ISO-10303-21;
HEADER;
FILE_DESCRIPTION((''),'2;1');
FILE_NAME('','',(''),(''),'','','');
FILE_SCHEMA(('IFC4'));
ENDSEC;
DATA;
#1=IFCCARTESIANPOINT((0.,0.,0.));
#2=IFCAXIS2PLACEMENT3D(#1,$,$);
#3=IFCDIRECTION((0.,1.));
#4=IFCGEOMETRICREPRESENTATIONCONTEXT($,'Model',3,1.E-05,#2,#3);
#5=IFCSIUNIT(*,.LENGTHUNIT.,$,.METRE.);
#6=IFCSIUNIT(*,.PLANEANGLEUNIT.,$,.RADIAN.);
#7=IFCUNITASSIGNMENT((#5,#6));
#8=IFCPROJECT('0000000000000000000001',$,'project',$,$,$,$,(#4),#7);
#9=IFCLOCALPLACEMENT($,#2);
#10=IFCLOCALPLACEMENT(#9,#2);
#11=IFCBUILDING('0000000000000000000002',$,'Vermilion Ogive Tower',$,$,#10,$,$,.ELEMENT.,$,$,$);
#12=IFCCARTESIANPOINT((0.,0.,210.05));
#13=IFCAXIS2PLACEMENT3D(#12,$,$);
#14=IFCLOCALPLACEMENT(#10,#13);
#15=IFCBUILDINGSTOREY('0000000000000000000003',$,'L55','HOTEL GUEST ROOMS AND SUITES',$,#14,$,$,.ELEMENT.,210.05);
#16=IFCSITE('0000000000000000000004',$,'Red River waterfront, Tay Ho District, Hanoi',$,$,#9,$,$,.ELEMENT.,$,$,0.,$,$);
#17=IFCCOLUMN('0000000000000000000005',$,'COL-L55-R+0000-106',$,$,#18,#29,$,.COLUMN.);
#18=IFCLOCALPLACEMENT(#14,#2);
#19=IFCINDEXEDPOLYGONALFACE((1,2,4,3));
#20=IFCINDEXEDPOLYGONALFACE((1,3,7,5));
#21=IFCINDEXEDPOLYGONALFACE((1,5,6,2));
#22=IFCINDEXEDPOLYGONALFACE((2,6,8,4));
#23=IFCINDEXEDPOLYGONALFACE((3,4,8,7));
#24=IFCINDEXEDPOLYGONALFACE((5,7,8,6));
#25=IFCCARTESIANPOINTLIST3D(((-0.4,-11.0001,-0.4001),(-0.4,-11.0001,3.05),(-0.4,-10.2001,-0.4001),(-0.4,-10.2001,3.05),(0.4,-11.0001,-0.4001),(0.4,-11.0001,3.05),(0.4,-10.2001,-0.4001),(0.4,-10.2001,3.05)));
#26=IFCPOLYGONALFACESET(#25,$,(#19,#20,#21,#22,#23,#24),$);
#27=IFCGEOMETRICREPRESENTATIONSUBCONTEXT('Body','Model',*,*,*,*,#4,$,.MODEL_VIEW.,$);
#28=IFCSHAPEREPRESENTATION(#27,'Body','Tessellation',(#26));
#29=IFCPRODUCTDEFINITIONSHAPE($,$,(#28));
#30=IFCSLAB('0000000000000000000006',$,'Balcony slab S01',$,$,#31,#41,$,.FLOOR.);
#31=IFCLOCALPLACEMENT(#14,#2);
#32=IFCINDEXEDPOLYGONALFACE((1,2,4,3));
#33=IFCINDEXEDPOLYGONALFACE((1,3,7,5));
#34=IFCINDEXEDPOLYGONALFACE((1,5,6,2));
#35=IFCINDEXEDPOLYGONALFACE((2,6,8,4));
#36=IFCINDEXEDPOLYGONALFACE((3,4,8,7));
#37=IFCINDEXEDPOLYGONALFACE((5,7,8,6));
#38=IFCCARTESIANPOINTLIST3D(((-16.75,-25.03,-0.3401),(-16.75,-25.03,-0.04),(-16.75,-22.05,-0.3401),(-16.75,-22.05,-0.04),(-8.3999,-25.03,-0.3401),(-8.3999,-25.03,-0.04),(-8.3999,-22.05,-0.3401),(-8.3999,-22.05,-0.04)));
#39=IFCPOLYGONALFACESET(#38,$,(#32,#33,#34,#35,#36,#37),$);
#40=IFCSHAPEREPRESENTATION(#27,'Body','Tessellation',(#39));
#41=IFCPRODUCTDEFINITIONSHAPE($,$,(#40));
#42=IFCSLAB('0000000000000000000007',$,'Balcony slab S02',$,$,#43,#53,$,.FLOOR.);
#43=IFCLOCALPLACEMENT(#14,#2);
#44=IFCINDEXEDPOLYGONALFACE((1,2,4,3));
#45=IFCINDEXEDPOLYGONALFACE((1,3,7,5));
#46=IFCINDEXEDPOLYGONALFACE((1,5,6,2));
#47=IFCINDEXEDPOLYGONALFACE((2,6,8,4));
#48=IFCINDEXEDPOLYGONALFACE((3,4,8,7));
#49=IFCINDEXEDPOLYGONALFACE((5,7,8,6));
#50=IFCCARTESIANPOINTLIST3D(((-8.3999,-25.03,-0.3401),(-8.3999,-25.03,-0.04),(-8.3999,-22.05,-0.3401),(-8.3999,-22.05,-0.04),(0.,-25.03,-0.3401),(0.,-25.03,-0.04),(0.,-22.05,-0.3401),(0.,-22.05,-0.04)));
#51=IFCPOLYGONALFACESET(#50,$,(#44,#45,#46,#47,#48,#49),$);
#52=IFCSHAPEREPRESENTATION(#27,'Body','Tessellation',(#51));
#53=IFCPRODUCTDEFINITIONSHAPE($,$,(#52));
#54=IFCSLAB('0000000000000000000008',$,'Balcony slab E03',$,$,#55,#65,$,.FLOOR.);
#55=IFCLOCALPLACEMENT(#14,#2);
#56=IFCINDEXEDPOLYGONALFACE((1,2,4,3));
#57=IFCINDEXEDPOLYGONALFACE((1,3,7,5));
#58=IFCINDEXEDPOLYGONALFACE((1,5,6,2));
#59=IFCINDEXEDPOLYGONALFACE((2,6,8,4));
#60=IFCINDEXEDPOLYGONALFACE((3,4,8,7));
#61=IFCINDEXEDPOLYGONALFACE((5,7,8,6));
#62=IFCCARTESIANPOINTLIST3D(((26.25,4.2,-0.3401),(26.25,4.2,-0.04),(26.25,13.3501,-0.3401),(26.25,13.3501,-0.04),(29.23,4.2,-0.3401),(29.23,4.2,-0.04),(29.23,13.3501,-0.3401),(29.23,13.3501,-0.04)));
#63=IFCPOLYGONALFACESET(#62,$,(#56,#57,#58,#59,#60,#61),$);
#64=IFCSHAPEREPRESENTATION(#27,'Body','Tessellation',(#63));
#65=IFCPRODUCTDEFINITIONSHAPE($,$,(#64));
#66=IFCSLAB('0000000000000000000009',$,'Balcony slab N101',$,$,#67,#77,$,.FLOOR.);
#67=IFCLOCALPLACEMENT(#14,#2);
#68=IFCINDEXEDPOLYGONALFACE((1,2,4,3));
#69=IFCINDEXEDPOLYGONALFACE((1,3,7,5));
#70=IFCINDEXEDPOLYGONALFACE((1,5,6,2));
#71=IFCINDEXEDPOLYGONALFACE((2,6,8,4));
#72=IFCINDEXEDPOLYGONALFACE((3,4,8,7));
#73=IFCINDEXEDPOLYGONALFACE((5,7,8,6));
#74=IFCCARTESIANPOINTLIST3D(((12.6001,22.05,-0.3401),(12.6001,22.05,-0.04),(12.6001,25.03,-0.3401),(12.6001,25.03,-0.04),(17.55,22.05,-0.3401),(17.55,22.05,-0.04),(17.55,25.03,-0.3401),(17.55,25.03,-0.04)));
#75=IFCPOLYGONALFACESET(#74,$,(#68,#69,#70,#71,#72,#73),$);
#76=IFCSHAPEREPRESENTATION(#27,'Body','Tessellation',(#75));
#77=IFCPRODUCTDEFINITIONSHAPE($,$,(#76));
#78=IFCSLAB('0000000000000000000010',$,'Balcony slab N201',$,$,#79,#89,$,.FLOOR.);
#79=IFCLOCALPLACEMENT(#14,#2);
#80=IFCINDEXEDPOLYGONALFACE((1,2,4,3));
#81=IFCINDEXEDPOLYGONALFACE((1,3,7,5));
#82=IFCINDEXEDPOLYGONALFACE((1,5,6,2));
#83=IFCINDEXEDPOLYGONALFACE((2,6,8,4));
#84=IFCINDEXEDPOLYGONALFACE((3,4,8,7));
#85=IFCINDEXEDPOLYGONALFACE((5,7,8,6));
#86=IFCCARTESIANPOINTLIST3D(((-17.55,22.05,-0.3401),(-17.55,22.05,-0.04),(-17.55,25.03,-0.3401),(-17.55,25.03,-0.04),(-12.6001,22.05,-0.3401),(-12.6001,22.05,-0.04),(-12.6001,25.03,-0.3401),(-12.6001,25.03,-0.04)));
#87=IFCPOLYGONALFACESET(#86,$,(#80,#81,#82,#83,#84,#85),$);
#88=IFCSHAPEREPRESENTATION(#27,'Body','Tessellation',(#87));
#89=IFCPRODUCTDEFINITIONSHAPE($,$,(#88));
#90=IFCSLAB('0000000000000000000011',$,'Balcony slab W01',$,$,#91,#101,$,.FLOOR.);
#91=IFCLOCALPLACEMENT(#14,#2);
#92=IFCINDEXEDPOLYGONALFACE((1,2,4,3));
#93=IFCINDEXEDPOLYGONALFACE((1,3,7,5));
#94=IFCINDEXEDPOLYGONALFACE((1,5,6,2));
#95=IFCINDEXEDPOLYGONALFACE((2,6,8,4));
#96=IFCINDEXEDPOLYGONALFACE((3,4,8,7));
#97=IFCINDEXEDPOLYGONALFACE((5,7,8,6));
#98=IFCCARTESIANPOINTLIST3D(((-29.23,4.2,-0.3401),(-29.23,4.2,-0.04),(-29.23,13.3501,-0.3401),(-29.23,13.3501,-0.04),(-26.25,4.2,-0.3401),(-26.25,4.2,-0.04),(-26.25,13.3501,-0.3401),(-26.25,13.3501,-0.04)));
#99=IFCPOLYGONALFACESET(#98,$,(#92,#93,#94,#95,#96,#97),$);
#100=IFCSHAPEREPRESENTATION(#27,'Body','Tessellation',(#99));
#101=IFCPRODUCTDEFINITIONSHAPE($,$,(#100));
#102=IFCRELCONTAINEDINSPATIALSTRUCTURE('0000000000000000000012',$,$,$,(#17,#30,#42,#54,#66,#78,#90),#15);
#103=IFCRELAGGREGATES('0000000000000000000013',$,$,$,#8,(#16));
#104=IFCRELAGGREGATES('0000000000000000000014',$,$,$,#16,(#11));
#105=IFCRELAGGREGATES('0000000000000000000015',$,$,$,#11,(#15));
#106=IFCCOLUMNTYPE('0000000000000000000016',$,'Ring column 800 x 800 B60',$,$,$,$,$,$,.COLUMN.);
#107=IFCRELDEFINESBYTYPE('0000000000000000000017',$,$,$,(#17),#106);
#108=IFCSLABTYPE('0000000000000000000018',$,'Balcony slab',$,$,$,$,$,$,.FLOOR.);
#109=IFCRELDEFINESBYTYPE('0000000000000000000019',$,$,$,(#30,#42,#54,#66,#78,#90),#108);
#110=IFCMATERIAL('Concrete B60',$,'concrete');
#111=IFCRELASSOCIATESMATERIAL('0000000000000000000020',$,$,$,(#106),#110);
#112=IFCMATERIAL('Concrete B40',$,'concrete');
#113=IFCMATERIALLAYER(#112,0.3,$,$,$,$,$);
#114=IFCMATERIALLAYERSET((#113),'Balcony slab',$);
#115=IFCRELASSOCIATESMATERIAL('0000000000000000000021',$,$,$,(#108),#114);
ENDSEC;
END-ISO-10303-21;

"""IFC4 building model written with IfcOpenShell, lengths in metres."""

from ifc_helpers import new_model, si_unit, direction, frame, origin, origin_2d, place, context, subcontext, project, spatial, polyline, rectangle, outline, extrude, material, layer, layer_set, material_profile, profile_set, type_object, element, save


model = new_model("IFC4")

# Units and contexts
model_context = context("Model", 3, precision=1e-05, world=origin(), true_north=direction((0.0, 1.0)))
body_context = subcontext(model_context, "Body", "Model", "MODEL_VIEW")
ifc_project = project(units=[si_unit("LENGTHUNIT", "METRE"), si_unit("PLANEANGLEUNIT", "RADIAN")], contexts=[model_context])

# Site, building, storey
site_placement = place(None, origin())
site = spatial("IfcSite", under=ifc_project, at=site_placement, Name="Red River waterfront, Tay Ho District, Hanoi", CompositionType="ELEMENT", RefElevation=0.0)
building_placement = place(site_placement, origin())
building = spatial("IfcBuilding", under=site, at=building_placement, Name="Vermilion Ogive Tower", CompositionType="ELEMENT")
storey_placement = place(building_placement, frame((0.0, 0.0, 210.05)))
storey = spatial("IfcBuildingStorey", under=building, at=storey_placement, Name="L55", Description="HOTEL GUEST ROOMS AND SUITES", CompositionType="ELEMENT", Elevation=210.05)

# Column
ifc_material_1 = material(Name="Concrete B60", Category="concrete")
ifc_material_profile = material_profile(ifc_material_1, rectangle(XDim=0.8, YDim=0.8, at=origin_2d()), Name="800 x 800")
ifc_profile_set = profile_set([ifc_material_profile], Name="Concrete B60")
column_type = type_object("IfcColumnType", Name="Ring column 800 x 800 B60", PredefinedType="COLUMN", material=ifc_profile_set)
column_placement = place(storey_placement, frame((0.0, -10.6001, -0.4001), z_axis=(0.0, 0.0, 1.0), x_axis=(1.0, 0.0, 0.0)))
element("IfcColumn", 1, at=column_placement, inside=storey, type_object=column_type, Name="COL-L55-R+0000-106", PredefinedType="COLUMN", context=body_context, shape_type="SweptSolid", body=[
    extrude(rectangle(XDim=0.8, YDim=0.8, at=origin_2d()), origin(), (0.0, 0.0, 1.0), 3.4502),
])

# Slabs
ifc_material_2 = material(Name="Concrete B40", Category="concrete")
ifc_layer_1 = layer(ifc_material_2, 0.3)
ifc_layer_set_1 = layer_set([ifc_layer_1], Name="Balcony slab")
slab_type_1 = type_object("IfcSlabType", Name="Balcony slab", PredefinedType="FLOOR", material=ifc_layer_set_1)
slab_1_placement = place(storey_placement, frame((0.0, 0.0, -0.3401)))
element("IfcSlab", 2, at=slab_1_placement, inside=storey, type_object=slab_type_1, Name="Balcony slab S01", PredefinedType="FLOOR", context=body_context, shape_type="SweptSolid", body=[
    extrude(outline(polyline([(-16.75, -25.03), (-8.3999, -25.03), (-8.3999, -22.05), (-16.75, -22.05), (-16.75, -25.03)])), origin(), (0.0, 0.0, 1.0), 0.3),
])
slab_2_placement = place(storey_placement, frame((0.0, 0.0, -0.3401)))
element("IfcSlab", 3, at=slab_2_placement, inside=storey, type_object=slab_type_1, Name="Balcony slab S02", PredefinedType="FLOOR", context=body_context, shape_type="SweptSolid", body=[
    extrude(outline(polyline([(-8.3999, -25.03), (0.0, -25.03), (0.0, -22.05), (-8.3999, -22.05), (-8.3999, -25.03)])), origin(), (0.0, 0.0, 1.0), 0.3),
])
slab_3_placement = place(storey_placement, frame((0.0, 0.0, -0.3401)))
element("IfcSlab", 4, at=slab_3_placement, inside=storey, type_object=slab_type_1, Name="Balcony slab E03", PredefinedType="FLOOR", context=body_context, shape_type="SweptSolid", body=[
    extrude(outline(polyline([(29.23, 4.2), (29.23, 13.3501), (26.25, 13.3501), (26.25, 4.2), (29.23, 4.2)])), origin(), (0.0, 0.0, 1.0), 0.3),
])
slab_4_placement = place(storey_placement, frame((0.0, 0.0, -0.3401)))
element("IfcSlab", 5, at=slab_4_placement, inside=storey, type_object=slab_type_1, Name="Balcony slab N101", PredefinedType="FLOOR", context=body_context, shape_type="SweptSolid", body=[
    extrude(outline(polyline([(17.55, 25.03), (12.6001, 25.03), (12.6001, 22.05), (17.55, 22.05), (17.55, 25.03)])), origin(), (0.0, 0.0, 1.0), 0.3),
])
slab_5_placement = place(storey_placement, frame((0.0, 0.0, -0.3401)))
element("IfcSlab", 6, at=slab_5_placement, inside=storey, type_object=slab_type_1, Name="Balcony slab N201", PredefinedType="FLOOR", context=body_context, shape_type="SweptSolid", body=[
    extrude(outline(polyline([(-12.6001, 25.03), (-17.55, 25.03), (-17.55, 22.05), (-12.6001, 22.05), (-12.6001, 25.03)])), origin(), (0.0, 0.0, 1.0), 0.3),
])
slab_6_placement = place(storey_placement, frame((0.0, 0.0, -0.3401)))
element("IfcSlab", 7, at=slab_6_placement, inside=storey, type_object=slab_type_1, Name="Balcony slab W01", PredefinedType="FLOOR", context=body_context, shape_type="SweptSolid", body=[
    extrude(outline(polyline([(-29.23, 13.3501), (-29.23, 4.2), (-26.25, 4.2), (-26.25, 13.3501), (-29.23, 13.3501)])), origin(), (0.0, 0.0, 1.0), 0.3),
])

save(model, "model.ifc")
